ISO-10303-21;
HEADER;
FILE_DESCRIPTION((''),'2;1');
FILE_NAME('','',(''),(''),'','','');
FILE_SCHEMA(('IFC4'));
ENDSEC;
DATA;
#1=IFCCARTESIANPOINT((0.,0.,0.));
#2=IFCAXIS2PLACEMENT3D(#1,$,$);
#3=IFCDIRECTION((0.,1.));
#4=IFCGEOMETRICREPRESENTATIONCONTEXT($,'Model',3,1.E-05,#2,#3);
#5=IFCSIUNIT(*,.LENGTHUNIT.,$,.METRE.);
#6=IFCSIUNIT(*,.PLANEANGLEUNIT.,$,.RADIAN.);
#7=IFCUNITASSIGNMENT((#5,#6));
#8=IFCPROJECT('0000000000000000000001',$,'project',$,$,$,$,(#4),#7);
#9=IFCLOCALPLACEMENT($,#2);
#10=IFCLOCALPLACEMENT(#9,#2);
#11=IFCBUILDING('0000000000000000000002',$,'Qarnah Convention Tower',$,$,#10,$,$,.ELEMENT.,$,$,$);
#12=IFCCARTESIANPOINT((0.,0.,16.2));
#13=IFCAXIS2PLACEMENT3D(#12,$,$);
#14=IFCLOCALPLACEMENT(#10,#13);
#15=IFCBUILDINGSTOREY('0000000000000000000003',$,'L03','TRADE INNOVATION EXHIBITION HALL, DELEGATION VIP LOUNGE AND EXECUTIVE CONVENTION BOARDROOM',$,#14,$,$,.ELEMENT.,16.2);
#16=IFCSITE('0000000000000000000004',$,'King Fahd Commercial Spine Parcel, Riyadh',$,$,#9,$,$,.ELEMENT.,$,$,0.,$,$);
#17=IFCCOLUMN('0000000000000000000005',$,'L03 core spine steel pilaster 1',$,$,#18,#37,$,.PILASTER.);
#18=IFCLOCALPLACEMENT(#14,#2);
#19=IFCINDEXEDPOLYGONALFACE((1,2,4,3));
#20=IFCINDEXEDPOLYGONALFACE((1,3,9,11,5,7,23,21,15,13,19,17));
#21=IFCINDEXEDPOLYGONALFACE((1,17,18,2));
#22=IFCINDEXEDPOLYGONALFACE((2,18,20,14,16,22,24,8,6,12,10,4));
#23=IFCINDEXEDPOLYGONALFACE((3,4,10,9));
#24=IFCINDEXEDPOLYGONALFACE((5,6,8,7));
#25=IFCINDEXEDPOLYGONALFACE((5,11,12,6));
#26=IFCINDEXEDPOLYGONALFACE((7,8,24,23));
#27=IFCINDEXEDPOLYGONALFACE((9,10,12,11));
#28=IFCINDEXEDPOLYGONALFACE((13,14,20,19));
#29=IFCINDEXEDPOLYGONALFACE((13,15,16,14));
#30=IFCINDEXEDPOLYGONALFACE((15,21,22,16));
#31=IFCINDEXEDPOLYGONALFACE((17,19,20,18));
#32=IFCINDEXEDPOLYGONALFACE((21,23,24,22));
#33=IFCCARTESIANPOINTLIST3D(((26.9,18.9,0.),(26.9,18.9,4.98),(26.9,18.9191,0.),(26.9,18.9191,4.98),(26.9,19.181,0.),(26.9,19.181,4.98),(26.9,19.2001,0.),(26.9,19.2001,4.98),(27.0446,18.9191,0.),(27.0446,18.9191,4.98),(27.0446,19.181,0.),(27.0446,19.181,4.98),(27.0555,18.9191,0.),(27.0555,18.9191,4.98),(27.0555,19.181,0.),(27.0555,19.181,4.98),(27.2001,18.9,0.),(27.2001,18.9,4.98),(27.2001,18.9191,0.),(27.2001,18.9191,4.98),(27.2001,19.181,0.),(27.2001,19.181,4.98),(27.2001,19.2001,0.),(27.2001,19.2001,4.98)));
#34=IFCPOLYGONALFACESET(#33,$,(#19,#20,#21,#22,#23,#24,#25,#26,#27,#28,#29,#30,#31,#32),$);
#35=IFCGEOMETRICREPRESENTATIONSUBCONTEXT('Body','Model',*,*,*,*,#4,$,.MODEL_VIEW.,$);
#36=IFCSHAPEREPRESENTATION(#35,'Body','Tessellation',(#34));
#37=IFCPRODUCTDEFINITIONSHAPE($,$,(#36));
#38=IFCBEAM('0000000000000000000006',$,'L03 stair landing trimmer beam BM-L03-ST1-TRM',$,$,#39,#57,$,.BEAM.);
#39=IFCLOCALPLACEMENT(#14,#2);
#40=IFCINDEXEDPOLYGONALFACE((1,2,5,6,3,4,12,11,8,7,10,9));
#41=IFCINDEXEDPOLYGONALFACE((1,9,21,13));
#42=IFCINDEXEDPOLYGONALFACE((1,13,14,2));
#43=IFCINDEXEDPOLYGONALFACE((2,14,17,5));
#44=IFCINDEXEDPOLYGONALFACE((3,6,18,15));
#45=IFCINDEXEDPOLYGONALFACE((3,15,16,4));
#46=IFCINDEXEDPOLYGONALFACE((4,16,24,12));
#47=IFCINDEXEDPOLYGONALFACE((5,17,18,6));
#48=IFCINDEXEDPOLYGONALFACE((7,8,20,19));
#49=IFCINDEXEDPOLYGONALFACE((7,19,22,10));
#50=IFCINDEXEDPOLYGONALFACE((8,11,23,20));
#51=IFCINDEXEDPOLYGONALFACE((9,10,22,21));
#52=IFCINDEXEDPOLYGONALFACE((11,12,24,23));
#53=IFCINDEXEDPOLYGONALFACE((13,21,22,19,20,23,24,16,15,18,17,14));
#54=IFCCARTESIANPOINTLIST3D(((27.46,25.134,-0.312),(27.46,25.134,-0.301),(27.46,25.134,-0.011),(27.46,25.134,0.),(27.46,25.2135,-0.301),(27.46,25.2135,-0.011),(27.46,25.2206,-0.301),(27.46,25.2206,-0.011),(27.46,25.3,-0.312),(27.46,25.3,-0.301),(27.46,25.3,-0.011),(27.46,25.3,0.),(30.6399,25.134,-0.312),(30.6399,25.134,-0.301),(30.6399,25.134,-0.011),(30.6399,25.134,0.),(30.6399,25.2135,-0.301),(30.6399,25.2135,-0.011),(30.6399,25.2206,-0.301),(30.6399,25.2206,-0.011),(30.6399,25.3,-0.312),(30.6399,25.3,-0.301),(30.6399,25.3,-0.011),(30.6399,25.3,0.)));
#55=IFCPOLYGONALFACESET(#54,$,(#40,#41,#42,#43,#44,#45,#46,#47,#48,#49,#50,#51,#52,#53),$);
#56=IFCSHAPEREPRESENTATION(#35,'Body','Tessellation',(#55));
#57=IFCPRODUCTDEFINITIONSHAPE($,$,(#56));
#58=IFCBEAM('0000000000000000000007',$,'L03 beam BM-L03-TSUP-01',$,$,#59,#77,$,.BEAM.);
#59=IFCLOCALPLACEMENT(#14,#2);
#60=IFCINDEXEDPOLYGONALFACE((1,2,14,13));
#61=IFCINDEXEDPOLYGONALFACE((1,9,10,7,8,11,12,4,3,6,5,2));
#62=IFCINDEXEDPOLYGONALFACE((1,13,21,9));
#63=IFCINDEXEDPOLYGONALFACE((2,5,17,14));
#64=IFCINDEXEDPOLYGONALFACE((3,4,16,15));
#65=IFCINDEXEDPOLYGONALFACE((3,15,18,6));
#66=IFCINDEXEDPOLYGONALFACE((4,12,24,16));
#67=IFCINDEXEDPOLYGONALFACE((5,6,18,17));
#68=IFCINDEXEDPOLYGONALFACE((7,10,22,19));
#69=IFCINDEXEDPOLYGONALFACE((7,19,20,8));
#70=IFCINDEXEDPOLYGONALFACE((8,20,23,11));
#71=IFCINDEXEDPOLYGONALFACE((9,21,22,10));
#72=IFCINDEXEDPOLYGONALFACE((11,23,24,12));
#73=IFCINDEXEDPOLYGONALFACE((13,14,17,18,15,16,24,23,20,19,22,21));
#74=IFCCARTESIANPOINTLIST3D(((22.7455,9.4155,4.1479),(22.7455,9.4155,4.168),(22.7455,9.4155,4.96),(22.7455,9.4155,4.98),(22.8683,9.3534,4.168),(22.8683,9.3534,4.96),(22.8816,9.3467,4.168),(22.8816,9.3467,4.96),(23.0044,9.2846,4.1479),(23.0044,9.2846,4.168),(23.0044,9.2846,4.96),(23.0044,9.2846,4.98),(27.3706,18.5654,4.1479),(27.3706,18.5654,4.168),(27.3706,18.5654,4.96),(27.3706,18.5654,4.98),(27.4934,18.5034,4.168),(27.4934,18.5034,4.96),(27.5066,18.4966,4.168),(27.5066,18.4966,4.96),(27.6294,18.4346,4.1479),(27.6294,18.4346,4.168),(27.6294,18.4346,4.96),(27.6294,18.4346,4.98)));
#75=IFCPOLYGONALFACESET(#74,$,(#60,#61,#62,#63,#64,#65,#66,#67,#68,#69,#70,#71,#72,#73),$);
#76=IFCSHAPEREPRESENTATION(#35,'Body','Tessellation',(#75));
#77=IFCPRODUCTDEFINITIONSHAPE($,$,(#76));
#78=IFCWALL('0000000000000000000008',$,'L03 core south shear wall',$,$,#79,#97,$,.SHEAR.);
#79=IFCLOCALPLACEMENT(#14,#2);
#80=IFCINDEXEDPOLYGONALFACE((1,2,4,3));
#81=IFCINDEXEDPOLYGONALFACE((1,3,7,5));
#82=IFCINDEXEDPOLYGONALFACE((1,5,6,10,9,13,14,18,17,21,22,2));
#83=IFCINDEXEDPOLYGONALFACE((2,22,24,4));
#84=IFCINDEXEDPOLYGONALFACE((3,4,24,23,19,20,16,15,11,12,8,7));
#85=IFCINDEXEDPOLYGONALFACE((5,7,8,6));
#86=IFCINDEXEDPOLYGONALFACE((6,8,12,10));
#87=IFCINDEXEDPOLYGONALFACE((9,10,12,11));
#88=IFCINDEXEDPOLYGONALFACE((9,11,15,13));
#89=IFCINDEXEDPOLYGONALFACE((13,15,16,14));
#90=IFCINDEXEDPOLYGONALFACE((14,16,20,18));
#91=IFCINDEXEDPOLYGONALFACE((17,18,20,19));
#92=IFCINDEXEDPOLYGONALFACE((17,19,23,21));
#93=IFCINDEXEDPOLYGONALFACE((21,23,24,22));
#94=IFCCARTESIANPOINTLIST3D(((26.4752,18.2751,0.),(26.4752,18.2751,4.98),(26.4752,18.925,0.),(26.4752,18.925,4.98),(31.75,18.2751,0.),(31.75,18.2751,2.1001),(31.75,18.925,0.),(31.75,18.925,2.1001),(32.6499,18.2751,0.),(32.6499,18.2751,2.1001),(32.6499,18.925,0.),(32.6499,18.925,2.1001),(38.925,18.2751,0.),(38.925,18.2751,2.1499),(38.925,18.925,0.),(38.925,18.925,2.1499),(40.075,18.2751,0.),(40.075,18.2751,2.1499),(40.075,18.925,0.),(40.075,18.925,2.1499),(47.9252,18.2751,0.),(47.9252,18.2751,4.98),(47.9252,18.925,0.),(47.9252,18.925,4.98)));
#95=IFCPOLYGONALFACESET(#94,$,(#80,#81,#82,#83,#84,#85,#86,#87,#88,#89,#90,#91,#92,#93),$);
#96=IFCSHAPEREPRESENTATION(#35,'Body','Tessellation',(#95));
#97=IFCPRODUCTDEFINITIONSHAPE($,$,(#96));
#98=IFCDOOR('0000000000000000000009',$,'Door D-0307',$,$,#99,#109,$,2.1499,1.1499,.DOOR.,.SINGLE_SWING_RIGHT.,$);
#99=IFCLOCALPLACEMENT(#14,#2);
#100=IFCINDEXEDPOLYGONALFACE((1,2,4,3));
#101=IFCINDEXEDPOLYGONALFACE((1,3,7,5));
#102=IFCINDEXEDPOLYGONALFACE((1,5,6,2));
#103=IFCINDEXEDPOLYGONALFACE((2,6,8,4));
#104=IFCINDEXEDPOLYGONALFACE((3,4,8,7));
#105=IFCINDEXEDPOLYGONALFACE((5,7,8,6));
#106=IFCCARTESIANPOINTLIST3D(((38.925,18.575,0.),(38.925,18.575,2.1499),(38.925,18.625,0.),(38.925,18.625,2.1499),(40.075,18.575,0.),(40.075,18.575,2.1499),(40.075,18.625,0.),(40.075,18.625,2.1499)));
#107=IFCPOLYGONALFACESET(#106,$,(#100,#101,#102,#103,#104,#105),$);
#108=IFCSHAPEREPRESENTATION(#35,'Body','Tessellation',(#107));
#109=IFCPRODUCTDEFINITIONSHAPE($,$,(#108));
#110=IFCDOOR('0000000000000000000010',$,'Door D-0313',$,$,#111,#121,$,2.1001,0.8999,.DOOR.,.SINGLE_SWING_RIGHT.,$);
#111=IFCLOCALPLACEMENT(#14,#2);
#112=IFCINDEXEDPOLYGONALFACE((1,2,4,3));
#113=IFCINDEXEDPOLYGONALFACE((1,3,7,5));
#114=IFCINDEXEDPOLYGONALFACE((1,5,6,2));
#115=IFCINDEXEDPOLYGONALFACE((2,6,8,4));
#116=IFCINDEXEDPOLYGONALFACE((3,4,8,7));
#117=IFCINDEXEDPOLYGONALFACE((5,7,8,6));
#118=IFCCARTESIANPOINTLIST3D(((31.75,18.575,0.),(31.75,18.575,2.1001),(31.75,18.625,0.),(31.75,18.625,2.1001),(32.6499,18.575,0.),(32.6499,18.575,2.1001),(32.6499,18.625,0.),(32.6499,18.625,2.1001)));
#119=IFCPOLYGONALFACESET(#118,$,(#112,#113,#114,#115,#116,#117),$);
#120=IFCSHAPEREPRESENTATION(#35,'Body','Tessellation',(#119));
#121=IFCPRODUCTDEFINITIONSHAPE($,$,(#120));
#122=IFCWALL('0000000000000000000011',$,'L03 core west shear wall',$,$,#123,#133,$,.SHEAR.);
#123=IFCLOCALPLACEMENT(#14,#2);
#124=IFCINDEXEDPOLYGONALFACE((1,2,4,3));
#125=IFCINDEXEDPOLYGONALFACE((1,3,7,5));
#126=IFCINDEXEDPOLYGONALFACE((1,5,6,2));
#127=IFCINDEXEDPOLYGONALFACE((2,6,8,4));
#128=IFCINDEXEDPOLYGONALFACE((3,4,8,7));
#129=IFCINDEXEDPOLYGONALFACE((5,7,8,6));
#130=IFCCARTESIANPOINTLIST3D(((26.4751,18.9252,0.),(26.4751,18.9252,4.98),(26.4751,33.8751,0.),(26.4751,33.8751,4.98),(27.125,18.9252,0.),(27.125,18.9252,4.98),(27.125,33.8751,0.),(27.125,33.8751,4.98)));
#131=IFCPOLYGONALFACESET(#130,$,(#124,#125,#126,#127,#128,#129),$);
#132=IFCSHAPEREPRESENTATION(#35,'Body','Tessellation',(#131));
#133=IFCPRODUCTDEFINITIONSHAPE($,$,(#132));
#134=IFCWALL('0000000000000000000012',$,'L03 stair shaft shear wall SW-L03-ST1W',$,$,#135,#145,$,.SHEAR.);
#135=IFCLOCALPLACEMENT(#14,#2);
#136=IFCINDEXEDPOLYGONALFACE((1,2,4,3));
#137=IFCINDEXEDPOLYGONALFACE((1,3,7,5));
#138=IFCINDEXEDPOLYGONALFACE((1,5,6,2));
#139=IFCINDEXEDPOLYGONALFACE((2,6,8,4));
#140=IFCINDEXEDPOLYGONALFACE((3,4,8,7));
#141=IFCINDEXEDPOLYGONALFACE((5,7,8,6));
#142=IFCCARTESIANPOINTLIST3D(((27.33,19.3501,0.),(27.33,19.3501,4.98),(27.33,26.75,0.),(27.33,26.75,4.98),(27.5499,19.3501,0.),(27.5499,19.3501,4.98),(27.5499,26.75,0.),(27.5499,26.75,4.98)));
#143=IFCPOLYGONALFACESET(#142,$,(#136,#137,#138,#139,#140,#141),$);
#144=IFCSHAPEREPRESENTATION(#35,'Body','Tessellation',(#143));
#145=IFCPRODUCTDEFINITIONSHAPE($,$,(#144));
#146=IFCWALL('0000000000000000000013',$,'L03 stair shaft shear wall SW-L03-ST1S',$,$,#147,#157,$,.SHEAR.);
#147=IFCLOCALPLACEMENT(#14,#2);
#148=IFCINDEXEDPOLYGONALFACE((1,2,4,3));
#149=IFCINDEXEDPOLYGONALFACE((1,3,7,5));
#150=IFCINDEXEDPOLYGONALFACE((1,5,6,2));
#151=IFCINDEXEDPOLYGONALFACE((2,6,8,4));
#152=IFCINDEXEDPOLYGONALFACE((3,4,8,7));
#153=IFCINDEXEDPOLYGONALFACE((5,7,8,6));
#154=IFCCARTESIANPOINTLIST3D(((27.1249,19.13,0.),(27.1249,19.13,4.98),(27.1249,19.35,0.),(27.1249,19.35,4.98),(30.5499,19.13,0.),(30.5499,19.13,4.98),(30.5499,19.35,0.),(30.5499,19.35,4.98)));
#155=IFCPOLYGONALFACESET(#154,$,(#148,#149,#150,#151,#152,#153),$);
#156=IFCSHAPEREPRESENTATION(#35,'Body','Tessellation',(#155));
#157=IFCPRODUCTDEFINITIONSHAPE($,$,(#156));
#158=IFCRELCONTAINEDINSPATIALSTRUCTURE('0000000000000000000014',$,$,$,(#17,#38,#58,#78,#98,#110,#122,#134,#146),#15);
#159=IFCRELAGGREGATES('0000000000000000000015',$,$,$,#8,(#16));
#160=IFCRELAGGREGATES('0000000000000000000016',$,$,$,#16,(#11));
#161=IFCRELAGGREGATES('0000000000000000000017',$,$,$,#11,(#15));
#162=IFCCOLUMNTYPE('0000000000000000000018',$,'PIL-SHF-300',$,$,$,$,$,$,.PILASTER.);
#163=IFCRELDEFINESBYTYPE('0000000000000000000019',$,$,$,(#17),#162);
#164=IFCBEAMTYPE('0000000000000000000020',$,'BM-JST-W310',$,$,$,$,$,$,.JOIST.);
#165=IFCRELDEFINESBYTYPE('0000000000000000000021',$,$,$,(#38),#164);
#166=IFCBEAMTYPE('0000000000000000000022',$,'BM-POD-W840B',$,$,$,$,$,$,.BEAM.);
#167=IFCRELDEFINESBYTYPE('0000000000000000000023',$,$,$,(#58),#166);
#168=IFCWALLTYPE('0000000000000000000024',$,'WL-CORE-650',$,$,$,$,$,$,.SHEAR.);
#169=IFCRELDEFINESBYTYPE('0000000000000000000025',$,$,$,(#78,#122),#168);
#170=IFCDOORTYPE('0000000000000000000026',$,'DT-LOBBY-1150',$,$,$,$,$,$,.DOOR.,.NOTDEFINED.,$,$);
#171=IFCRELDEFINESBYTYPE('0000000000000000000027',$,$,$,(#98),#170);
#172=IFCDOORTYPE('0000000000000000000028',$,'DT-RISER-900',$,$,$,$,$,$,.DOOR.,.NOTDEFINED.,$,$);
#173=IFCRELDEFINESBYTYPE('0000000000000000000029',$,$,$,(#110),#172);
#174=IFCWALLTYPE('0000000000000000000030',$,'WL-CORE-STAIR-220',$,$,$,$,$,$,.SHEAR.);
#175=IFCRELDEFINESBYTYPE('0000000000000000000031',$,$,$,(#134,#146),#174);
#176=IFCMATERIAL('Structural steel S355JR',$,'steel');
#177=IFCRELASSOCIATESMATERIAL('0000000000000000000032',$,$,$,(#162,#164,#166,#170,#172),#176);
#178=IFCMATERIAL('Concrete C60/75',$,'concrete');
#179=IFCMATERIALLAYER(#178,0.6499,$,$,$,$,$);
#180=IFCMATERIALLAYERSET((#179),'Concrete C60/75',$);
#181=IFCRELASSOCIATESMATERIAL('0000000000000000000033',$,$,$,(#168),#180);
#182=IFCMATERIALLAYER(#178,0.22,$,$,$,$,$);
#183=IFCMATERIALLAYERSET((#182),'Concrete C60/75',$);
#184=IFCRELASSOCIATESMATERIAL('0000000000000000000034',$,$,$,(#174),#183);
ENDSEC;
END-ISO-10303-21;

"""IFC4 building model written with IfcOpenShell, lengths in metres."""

from ifc_helpers import new_model, si_unit, direction, frame, frame_2d, origin, origin_2d, place, context, subcontext, project, spatial, rectangle, i_section, extrude, material, layer, layer_set, material_profile, profile_set, type_object, element, fill, save


model = new_model("IFC4")

# Units and contexts
model_context = context("Model", 3, precision=1e-05, world=origin(), true_north=direction((0.0, 1.0)))
body_context = subcontext(model_context, "Body", "Model", "MODEL_VIEW")
ifc_project = project(units=[si_unit("LENGTHUNIT", "METRE"), si_unit("PLANEANGLEUNIT", "RADIAN")], contexts=[model_context])

# Site, building, storey
site_placement = place(None, origin())
site = spatial("IfcSite", under=ifc_project, at=site_placement, Name="King Fahd Commercial Spine Parcel, Riyadh", CompositionType="ELEMENT", RefElevation=0.0)
building_placement = place(site_placement, origin())
building = spatial("IfcBuilding", under=site, at=building_placement, Name="Qarnah Convention Tower", CompositionType="ELEMENT")
storey_placement = place(building_placement, frame((0.0, 0.0, 16.2)))
storey = spatial("IfcBuildingStorey", under=building, at=storey_placement, Name="L03", Description="TRADE INNOVATION EXHIBITION HALL, DELEGATION VIP LOUNGE AND EXECUTIVE CONVENTION BOARDROOM", CompositionType="ELEMENT", Elevation=16.2)

# Column
ifc_material_1 = material(Name="Structural steel S355JR", Category="steel")
ifc_material_profile_1 = material_profile(ifc_material_1, i_section(OverallWidth=0.3, OverallDepth=0.3, WebThickness=0.011, FlangeThickness=0.019, at=origin_2d()), Name="HEB300")
ifc_profile_set_1 = profile_set([ifc_material_profile_1], Name="Structural steel S355JR")
column_type = type_object("IfcColumnType", Name="PIL-SHF-300", PredefinedType="PILASTER", material=ifc_profile_set_1)
column_placement = place(storey_placement, frame((27.05, 19.05, 0.0), z_axis=(0.0, 0.0, 1.0), x_axis=(1.0, 0.0, 0.0)))
element("IfcColumn", 1, at=column_placement, inside=storey, type_object=column_type, Name="L03 core spine steel pilaster 1", PredefinedType="PILASTER", context=body_context, shape_type="SweptSolid", body=[
    extrude(i_section(OverallWidth=0.3, OverallDepth=0.3, WebThickness=0.011, FlangeThickness=0.019, at=origin_2d()), origin(), (0.0, 0.0, 1.0), 4.98),
])

# Beams
ifc_material_profile_2 = material_profile(ifc_material_1, i_section(OverallWidth=0.166, OverallDepth=0.312, WebThickness=0.0071, FlangeThickness=0.011, at=origin_2d()), Name="W310X45")
ifc_profile_set_2 = profile_set([ifc_material_profile_2], Name="Structural steel S355JR")
beam_type_1 = type_object("IfcBeamType", Name="BM-JST-W310", PredefinedType="JOIST", material=ifc_profile_set_2)
beam_1_placement = place(storey_placement, frame((27.46, 25.217, -0.156), z_axis=(1.0, 0.0, 0.0), x_axis=(0.0, 1.0, 0.0)))
element("IfcBeam", 2, at=beam_1_placement, inside=storey, type_object=beam_type_1, Name="L03 stair landing trimmer beam BM-L03-ST1-TRM", PredefinedType="BEAM", context=body_context, shape_type="SweptSolid", body=[
    extrude(i_section(OverallWidth=0.166, OverallDepth=0.312, WebThickness=0.0071, FlangeThickness=0.011, at=origin_2d()), origin(), (0.0, 0.0, 1.0), 3.1799),
])
ifc_material_profile_3 = material_profile(ifc_material_1, i_section(OverallWidth=0.29, OverallDepth=0.832, WebThickness=0.0149, FlangeThickness=0.02, at=origin_2d()), Name="W840X193")
ifc_profile_set_3 = profile_set([ifc_material_profile_3], Name="Structural steel S355JR")
beam_type_2 = type_object("IfcBeamType", Name="BM-POD-W840B", PredefinedType="BEAM", material=ifc_profile_set_3)
beam_2_placement = place(storey_placement, frame((27.5, 18.5, 4.564), z_axis=(-0.451115, -0.892466, 0.0), x_axis=(0.892466, -0.451115, 0.0)))
element("IfcBeam", 3, at=beam_2_placement, inside=storey, type_object=beam_type_2, Name="L03 beam BM-L03-TSUP-01", PredefinedType="BEAM", context=body_context, shape_type="SweptSolid", body=[
    extrude(i_section(OverallWidth=0.29, OverallDepth=0.832, WebThickness=0.0149, FlangeThickness=0.02, at=origin_2d()), origin(), (0.0, 0.0, 1.0), 10.2524),
])

# Wall, openings, doors
ifc_material_2 = material(Name="Concrete C60/75", Category="concrete")
ifc_layer_1 = layer(ifc_material_2, 0.6499)
ifc_layer_set_1 = layer_set([ifc_layer_1], Name="Concrete C60/75")
wall_type_1 = type_object("IfcWallType", Name="WL-CORE-650", PredefinedType="SHEAR", material=ifc_layer_set_1)
wall_1_placement = place(storey_placement, frame((26.4751, 18.6001, 0.0), z_axis=(0.0, 0.0, 1.0), x_axis=(1.0, 0.0, 0.0)))
wall_1 = element("IfcWall", 4, at=wall_1_placement, inside=storey, type_object=wall_type_1, Name="L03 core south shear wall", PredefinedType="SHEAR", context=body_context, shape_type="SweptSolid", body=[
    extrude(rectangle(XDim=21.45, YDim=0.6499, at=frame_2d((10.7251, 0.0))), origin(), (0.0, 0.0, 1.0), 4.98),
])
opening_1_placement = place(wall_1_placement, frame((12.45, 0.0, 0.0)))
opening_1 = element("IfcOpeningElement", 5, at=opening_1_placement, cuts=wall_1, PredefinedType="OPENING", context=body_context, shape_type="SweptSolid", body=[
    extrude(rectangle(XDim=1.1499, YDim=2.1499, at=frame_2d((0.575, 1.075))), frame((0.0, 0.335, 0.0), z_axis=(0.0, -1.0, 0.0), x_axis=(1.0, 0.0, 0.0)), (0.0, 0.0, 1.0), 0.6699),
])
opening_2_placement = place(wall_1_placement, frame((5.2749, 0.0, 0.0)))
opening_2 = element("IfcOpeningElement", 6, at=opening_2_placement, cuts=wall_1, PredefinedType="OPENING", context=body_context, shape_type="SweptSolid", body=[
    extrude(rectangle(XDim=0.8999, YDim=2.1001, at=frame_2d((0.45, 1.05))), frame((0.0, 0.335, 0.0), z_axis=(0.0, -1.0, 0.0), x_axis=(1.0, 0.0, 0.0)), (0.0, 0.0, 1.0), 0.6699),
])
door_type_1 = type_object("IfcDoorType", Name="DT-LOBBY-1150", OperationType="NOTDEFINED", PredefinedType="DOOR", material=ifc_material_1)
door_1_placement = place(opening_1_placement, origin())
door_1 = element("IfcDoor", 7, at=door_1_placement, inside=storey, type_object=door_type_1, Name="Door D-0307", OperationType="SINGLE_SWING_RIGHT", OverallHeight=2.1499, OverallWidth=1.1499, PredefinedType="DOOR", context=body_context, shape_type="SweptSolid", body=[
    extrude(rectangle(XDim=1.1499, YDim=2.1499, at=frame_2d((0.575, 1.075))), frame((0.0, 0.0249, 0.0), z_axis=(0.0, -1.0, 0.0), x_axis=(1.0, 0.0, 0.0)), (0.0, 0.0, 1.0), 0.05),
])
fill(opening_1, door_1)
door_type_2 = type_object("IfcDoorType", Name="DT-RISER-900", OperationType="NOTDEFINED", PredefinedType="DOOR", material=ifc_material_1)
door_2_placement = place(opening_2_placement, origin())
door_2 = element("IfcDoor", 8, at=door_2_placement, inside=storey, type_object=door_type_2, Name="Door D-0313", OperationType="SINGLE_SWING_RIGHT", OverallHeight=2.1001, OverallWidth=0.8999, PredefinedType="DOOR", context=body_context, shape_type="SweptSolid", body=[
    extrude(rectangle(XDim=0.8999, YDim=2.1001, at=frame_2d((0.45, 1.05))), frame((0.0, 0.0249, 0.0), z_axis=(0.0, -1.0, 0.0), x_axis=(1.0, 0.0, 0.0)), (0.0, 0.0, 1.0), 0.05),
])
fill(opening_2, door_2)

# Walls
wall_2_placement = place(storey_placement, frame((26.8, 18.925, 0.0), z_axis=(0.0, 0.0, 1.0), x_axis=(0.0, 1.0, 0.0)))
element("IfcWall", 9, at=wall_2_placement, inside=storey, type_object=wall_type_1, Name="L03 core west shear wall", PredefinedType="SHEAR", context=body_context, shape_type="SweptSolid", body=[
    extrude(rectangle(XDim=14.95, YDim=0.6499, at=frame_2d((7.4751, 0.0))), origin(), (0.0, 0.0, 1.0), 4.98),
])
ifc_layer_2 = layer(ifc_material_2, 0.22)
ifc_layer_set_2 = layer_set([ifc_layer_2], Name="Concrete C60/75")
wall_type_2 = type_object("IfcWallType", Name="WL-CORE-STAIR-220", PredefinedType="SHEAR", material=ifc_layer_set_2)
wall_3_placement = place(storey_placement, frame((27.4399, 19.3501, 0.0), z_axis=(0.0, 0.0, 1.0), x_axis=(0.0, 1.0, 0.0)))
element("IfcWall", 10, at=wall_3_placement, inside=storey, type_object=wall_type_2, Name="L03 stair shaft shear wall SW-L03-ST1W", PredefinedType="SHEAR", context=body_context, shape_type="SweptSolid", body=[
    extrude(rectangle(XDim=7.3999, YDim=0.22, at=frame_2d((3.7, 0.0))), origin(), (0.0, 0.0, 1.0), 4.98),
])
wall_4_placement = place(storey_placement, frame((27.125, 19.24, 0.0), z_axis=(0.0, 0.0, 1.0), x_axis=(1.0, 0.0, 0.0)))
element("IfcWall", 11, at=wall_4_placement, inside=storey, type_object=wall_type_2, Name="L03 stair shaft shear wall SW-L03-ST1S", PredefinedType="SHEAR", context=body_context, shape_type="SweptSolid", body=[
    extrude(rectangle(XDim=3.425, YDim=0.22, at=frame_2d((1.7124, 0.0))), origin(), (0.0, 0.0, 1.0), 4.98),
])

save(model, "model.ifc")
